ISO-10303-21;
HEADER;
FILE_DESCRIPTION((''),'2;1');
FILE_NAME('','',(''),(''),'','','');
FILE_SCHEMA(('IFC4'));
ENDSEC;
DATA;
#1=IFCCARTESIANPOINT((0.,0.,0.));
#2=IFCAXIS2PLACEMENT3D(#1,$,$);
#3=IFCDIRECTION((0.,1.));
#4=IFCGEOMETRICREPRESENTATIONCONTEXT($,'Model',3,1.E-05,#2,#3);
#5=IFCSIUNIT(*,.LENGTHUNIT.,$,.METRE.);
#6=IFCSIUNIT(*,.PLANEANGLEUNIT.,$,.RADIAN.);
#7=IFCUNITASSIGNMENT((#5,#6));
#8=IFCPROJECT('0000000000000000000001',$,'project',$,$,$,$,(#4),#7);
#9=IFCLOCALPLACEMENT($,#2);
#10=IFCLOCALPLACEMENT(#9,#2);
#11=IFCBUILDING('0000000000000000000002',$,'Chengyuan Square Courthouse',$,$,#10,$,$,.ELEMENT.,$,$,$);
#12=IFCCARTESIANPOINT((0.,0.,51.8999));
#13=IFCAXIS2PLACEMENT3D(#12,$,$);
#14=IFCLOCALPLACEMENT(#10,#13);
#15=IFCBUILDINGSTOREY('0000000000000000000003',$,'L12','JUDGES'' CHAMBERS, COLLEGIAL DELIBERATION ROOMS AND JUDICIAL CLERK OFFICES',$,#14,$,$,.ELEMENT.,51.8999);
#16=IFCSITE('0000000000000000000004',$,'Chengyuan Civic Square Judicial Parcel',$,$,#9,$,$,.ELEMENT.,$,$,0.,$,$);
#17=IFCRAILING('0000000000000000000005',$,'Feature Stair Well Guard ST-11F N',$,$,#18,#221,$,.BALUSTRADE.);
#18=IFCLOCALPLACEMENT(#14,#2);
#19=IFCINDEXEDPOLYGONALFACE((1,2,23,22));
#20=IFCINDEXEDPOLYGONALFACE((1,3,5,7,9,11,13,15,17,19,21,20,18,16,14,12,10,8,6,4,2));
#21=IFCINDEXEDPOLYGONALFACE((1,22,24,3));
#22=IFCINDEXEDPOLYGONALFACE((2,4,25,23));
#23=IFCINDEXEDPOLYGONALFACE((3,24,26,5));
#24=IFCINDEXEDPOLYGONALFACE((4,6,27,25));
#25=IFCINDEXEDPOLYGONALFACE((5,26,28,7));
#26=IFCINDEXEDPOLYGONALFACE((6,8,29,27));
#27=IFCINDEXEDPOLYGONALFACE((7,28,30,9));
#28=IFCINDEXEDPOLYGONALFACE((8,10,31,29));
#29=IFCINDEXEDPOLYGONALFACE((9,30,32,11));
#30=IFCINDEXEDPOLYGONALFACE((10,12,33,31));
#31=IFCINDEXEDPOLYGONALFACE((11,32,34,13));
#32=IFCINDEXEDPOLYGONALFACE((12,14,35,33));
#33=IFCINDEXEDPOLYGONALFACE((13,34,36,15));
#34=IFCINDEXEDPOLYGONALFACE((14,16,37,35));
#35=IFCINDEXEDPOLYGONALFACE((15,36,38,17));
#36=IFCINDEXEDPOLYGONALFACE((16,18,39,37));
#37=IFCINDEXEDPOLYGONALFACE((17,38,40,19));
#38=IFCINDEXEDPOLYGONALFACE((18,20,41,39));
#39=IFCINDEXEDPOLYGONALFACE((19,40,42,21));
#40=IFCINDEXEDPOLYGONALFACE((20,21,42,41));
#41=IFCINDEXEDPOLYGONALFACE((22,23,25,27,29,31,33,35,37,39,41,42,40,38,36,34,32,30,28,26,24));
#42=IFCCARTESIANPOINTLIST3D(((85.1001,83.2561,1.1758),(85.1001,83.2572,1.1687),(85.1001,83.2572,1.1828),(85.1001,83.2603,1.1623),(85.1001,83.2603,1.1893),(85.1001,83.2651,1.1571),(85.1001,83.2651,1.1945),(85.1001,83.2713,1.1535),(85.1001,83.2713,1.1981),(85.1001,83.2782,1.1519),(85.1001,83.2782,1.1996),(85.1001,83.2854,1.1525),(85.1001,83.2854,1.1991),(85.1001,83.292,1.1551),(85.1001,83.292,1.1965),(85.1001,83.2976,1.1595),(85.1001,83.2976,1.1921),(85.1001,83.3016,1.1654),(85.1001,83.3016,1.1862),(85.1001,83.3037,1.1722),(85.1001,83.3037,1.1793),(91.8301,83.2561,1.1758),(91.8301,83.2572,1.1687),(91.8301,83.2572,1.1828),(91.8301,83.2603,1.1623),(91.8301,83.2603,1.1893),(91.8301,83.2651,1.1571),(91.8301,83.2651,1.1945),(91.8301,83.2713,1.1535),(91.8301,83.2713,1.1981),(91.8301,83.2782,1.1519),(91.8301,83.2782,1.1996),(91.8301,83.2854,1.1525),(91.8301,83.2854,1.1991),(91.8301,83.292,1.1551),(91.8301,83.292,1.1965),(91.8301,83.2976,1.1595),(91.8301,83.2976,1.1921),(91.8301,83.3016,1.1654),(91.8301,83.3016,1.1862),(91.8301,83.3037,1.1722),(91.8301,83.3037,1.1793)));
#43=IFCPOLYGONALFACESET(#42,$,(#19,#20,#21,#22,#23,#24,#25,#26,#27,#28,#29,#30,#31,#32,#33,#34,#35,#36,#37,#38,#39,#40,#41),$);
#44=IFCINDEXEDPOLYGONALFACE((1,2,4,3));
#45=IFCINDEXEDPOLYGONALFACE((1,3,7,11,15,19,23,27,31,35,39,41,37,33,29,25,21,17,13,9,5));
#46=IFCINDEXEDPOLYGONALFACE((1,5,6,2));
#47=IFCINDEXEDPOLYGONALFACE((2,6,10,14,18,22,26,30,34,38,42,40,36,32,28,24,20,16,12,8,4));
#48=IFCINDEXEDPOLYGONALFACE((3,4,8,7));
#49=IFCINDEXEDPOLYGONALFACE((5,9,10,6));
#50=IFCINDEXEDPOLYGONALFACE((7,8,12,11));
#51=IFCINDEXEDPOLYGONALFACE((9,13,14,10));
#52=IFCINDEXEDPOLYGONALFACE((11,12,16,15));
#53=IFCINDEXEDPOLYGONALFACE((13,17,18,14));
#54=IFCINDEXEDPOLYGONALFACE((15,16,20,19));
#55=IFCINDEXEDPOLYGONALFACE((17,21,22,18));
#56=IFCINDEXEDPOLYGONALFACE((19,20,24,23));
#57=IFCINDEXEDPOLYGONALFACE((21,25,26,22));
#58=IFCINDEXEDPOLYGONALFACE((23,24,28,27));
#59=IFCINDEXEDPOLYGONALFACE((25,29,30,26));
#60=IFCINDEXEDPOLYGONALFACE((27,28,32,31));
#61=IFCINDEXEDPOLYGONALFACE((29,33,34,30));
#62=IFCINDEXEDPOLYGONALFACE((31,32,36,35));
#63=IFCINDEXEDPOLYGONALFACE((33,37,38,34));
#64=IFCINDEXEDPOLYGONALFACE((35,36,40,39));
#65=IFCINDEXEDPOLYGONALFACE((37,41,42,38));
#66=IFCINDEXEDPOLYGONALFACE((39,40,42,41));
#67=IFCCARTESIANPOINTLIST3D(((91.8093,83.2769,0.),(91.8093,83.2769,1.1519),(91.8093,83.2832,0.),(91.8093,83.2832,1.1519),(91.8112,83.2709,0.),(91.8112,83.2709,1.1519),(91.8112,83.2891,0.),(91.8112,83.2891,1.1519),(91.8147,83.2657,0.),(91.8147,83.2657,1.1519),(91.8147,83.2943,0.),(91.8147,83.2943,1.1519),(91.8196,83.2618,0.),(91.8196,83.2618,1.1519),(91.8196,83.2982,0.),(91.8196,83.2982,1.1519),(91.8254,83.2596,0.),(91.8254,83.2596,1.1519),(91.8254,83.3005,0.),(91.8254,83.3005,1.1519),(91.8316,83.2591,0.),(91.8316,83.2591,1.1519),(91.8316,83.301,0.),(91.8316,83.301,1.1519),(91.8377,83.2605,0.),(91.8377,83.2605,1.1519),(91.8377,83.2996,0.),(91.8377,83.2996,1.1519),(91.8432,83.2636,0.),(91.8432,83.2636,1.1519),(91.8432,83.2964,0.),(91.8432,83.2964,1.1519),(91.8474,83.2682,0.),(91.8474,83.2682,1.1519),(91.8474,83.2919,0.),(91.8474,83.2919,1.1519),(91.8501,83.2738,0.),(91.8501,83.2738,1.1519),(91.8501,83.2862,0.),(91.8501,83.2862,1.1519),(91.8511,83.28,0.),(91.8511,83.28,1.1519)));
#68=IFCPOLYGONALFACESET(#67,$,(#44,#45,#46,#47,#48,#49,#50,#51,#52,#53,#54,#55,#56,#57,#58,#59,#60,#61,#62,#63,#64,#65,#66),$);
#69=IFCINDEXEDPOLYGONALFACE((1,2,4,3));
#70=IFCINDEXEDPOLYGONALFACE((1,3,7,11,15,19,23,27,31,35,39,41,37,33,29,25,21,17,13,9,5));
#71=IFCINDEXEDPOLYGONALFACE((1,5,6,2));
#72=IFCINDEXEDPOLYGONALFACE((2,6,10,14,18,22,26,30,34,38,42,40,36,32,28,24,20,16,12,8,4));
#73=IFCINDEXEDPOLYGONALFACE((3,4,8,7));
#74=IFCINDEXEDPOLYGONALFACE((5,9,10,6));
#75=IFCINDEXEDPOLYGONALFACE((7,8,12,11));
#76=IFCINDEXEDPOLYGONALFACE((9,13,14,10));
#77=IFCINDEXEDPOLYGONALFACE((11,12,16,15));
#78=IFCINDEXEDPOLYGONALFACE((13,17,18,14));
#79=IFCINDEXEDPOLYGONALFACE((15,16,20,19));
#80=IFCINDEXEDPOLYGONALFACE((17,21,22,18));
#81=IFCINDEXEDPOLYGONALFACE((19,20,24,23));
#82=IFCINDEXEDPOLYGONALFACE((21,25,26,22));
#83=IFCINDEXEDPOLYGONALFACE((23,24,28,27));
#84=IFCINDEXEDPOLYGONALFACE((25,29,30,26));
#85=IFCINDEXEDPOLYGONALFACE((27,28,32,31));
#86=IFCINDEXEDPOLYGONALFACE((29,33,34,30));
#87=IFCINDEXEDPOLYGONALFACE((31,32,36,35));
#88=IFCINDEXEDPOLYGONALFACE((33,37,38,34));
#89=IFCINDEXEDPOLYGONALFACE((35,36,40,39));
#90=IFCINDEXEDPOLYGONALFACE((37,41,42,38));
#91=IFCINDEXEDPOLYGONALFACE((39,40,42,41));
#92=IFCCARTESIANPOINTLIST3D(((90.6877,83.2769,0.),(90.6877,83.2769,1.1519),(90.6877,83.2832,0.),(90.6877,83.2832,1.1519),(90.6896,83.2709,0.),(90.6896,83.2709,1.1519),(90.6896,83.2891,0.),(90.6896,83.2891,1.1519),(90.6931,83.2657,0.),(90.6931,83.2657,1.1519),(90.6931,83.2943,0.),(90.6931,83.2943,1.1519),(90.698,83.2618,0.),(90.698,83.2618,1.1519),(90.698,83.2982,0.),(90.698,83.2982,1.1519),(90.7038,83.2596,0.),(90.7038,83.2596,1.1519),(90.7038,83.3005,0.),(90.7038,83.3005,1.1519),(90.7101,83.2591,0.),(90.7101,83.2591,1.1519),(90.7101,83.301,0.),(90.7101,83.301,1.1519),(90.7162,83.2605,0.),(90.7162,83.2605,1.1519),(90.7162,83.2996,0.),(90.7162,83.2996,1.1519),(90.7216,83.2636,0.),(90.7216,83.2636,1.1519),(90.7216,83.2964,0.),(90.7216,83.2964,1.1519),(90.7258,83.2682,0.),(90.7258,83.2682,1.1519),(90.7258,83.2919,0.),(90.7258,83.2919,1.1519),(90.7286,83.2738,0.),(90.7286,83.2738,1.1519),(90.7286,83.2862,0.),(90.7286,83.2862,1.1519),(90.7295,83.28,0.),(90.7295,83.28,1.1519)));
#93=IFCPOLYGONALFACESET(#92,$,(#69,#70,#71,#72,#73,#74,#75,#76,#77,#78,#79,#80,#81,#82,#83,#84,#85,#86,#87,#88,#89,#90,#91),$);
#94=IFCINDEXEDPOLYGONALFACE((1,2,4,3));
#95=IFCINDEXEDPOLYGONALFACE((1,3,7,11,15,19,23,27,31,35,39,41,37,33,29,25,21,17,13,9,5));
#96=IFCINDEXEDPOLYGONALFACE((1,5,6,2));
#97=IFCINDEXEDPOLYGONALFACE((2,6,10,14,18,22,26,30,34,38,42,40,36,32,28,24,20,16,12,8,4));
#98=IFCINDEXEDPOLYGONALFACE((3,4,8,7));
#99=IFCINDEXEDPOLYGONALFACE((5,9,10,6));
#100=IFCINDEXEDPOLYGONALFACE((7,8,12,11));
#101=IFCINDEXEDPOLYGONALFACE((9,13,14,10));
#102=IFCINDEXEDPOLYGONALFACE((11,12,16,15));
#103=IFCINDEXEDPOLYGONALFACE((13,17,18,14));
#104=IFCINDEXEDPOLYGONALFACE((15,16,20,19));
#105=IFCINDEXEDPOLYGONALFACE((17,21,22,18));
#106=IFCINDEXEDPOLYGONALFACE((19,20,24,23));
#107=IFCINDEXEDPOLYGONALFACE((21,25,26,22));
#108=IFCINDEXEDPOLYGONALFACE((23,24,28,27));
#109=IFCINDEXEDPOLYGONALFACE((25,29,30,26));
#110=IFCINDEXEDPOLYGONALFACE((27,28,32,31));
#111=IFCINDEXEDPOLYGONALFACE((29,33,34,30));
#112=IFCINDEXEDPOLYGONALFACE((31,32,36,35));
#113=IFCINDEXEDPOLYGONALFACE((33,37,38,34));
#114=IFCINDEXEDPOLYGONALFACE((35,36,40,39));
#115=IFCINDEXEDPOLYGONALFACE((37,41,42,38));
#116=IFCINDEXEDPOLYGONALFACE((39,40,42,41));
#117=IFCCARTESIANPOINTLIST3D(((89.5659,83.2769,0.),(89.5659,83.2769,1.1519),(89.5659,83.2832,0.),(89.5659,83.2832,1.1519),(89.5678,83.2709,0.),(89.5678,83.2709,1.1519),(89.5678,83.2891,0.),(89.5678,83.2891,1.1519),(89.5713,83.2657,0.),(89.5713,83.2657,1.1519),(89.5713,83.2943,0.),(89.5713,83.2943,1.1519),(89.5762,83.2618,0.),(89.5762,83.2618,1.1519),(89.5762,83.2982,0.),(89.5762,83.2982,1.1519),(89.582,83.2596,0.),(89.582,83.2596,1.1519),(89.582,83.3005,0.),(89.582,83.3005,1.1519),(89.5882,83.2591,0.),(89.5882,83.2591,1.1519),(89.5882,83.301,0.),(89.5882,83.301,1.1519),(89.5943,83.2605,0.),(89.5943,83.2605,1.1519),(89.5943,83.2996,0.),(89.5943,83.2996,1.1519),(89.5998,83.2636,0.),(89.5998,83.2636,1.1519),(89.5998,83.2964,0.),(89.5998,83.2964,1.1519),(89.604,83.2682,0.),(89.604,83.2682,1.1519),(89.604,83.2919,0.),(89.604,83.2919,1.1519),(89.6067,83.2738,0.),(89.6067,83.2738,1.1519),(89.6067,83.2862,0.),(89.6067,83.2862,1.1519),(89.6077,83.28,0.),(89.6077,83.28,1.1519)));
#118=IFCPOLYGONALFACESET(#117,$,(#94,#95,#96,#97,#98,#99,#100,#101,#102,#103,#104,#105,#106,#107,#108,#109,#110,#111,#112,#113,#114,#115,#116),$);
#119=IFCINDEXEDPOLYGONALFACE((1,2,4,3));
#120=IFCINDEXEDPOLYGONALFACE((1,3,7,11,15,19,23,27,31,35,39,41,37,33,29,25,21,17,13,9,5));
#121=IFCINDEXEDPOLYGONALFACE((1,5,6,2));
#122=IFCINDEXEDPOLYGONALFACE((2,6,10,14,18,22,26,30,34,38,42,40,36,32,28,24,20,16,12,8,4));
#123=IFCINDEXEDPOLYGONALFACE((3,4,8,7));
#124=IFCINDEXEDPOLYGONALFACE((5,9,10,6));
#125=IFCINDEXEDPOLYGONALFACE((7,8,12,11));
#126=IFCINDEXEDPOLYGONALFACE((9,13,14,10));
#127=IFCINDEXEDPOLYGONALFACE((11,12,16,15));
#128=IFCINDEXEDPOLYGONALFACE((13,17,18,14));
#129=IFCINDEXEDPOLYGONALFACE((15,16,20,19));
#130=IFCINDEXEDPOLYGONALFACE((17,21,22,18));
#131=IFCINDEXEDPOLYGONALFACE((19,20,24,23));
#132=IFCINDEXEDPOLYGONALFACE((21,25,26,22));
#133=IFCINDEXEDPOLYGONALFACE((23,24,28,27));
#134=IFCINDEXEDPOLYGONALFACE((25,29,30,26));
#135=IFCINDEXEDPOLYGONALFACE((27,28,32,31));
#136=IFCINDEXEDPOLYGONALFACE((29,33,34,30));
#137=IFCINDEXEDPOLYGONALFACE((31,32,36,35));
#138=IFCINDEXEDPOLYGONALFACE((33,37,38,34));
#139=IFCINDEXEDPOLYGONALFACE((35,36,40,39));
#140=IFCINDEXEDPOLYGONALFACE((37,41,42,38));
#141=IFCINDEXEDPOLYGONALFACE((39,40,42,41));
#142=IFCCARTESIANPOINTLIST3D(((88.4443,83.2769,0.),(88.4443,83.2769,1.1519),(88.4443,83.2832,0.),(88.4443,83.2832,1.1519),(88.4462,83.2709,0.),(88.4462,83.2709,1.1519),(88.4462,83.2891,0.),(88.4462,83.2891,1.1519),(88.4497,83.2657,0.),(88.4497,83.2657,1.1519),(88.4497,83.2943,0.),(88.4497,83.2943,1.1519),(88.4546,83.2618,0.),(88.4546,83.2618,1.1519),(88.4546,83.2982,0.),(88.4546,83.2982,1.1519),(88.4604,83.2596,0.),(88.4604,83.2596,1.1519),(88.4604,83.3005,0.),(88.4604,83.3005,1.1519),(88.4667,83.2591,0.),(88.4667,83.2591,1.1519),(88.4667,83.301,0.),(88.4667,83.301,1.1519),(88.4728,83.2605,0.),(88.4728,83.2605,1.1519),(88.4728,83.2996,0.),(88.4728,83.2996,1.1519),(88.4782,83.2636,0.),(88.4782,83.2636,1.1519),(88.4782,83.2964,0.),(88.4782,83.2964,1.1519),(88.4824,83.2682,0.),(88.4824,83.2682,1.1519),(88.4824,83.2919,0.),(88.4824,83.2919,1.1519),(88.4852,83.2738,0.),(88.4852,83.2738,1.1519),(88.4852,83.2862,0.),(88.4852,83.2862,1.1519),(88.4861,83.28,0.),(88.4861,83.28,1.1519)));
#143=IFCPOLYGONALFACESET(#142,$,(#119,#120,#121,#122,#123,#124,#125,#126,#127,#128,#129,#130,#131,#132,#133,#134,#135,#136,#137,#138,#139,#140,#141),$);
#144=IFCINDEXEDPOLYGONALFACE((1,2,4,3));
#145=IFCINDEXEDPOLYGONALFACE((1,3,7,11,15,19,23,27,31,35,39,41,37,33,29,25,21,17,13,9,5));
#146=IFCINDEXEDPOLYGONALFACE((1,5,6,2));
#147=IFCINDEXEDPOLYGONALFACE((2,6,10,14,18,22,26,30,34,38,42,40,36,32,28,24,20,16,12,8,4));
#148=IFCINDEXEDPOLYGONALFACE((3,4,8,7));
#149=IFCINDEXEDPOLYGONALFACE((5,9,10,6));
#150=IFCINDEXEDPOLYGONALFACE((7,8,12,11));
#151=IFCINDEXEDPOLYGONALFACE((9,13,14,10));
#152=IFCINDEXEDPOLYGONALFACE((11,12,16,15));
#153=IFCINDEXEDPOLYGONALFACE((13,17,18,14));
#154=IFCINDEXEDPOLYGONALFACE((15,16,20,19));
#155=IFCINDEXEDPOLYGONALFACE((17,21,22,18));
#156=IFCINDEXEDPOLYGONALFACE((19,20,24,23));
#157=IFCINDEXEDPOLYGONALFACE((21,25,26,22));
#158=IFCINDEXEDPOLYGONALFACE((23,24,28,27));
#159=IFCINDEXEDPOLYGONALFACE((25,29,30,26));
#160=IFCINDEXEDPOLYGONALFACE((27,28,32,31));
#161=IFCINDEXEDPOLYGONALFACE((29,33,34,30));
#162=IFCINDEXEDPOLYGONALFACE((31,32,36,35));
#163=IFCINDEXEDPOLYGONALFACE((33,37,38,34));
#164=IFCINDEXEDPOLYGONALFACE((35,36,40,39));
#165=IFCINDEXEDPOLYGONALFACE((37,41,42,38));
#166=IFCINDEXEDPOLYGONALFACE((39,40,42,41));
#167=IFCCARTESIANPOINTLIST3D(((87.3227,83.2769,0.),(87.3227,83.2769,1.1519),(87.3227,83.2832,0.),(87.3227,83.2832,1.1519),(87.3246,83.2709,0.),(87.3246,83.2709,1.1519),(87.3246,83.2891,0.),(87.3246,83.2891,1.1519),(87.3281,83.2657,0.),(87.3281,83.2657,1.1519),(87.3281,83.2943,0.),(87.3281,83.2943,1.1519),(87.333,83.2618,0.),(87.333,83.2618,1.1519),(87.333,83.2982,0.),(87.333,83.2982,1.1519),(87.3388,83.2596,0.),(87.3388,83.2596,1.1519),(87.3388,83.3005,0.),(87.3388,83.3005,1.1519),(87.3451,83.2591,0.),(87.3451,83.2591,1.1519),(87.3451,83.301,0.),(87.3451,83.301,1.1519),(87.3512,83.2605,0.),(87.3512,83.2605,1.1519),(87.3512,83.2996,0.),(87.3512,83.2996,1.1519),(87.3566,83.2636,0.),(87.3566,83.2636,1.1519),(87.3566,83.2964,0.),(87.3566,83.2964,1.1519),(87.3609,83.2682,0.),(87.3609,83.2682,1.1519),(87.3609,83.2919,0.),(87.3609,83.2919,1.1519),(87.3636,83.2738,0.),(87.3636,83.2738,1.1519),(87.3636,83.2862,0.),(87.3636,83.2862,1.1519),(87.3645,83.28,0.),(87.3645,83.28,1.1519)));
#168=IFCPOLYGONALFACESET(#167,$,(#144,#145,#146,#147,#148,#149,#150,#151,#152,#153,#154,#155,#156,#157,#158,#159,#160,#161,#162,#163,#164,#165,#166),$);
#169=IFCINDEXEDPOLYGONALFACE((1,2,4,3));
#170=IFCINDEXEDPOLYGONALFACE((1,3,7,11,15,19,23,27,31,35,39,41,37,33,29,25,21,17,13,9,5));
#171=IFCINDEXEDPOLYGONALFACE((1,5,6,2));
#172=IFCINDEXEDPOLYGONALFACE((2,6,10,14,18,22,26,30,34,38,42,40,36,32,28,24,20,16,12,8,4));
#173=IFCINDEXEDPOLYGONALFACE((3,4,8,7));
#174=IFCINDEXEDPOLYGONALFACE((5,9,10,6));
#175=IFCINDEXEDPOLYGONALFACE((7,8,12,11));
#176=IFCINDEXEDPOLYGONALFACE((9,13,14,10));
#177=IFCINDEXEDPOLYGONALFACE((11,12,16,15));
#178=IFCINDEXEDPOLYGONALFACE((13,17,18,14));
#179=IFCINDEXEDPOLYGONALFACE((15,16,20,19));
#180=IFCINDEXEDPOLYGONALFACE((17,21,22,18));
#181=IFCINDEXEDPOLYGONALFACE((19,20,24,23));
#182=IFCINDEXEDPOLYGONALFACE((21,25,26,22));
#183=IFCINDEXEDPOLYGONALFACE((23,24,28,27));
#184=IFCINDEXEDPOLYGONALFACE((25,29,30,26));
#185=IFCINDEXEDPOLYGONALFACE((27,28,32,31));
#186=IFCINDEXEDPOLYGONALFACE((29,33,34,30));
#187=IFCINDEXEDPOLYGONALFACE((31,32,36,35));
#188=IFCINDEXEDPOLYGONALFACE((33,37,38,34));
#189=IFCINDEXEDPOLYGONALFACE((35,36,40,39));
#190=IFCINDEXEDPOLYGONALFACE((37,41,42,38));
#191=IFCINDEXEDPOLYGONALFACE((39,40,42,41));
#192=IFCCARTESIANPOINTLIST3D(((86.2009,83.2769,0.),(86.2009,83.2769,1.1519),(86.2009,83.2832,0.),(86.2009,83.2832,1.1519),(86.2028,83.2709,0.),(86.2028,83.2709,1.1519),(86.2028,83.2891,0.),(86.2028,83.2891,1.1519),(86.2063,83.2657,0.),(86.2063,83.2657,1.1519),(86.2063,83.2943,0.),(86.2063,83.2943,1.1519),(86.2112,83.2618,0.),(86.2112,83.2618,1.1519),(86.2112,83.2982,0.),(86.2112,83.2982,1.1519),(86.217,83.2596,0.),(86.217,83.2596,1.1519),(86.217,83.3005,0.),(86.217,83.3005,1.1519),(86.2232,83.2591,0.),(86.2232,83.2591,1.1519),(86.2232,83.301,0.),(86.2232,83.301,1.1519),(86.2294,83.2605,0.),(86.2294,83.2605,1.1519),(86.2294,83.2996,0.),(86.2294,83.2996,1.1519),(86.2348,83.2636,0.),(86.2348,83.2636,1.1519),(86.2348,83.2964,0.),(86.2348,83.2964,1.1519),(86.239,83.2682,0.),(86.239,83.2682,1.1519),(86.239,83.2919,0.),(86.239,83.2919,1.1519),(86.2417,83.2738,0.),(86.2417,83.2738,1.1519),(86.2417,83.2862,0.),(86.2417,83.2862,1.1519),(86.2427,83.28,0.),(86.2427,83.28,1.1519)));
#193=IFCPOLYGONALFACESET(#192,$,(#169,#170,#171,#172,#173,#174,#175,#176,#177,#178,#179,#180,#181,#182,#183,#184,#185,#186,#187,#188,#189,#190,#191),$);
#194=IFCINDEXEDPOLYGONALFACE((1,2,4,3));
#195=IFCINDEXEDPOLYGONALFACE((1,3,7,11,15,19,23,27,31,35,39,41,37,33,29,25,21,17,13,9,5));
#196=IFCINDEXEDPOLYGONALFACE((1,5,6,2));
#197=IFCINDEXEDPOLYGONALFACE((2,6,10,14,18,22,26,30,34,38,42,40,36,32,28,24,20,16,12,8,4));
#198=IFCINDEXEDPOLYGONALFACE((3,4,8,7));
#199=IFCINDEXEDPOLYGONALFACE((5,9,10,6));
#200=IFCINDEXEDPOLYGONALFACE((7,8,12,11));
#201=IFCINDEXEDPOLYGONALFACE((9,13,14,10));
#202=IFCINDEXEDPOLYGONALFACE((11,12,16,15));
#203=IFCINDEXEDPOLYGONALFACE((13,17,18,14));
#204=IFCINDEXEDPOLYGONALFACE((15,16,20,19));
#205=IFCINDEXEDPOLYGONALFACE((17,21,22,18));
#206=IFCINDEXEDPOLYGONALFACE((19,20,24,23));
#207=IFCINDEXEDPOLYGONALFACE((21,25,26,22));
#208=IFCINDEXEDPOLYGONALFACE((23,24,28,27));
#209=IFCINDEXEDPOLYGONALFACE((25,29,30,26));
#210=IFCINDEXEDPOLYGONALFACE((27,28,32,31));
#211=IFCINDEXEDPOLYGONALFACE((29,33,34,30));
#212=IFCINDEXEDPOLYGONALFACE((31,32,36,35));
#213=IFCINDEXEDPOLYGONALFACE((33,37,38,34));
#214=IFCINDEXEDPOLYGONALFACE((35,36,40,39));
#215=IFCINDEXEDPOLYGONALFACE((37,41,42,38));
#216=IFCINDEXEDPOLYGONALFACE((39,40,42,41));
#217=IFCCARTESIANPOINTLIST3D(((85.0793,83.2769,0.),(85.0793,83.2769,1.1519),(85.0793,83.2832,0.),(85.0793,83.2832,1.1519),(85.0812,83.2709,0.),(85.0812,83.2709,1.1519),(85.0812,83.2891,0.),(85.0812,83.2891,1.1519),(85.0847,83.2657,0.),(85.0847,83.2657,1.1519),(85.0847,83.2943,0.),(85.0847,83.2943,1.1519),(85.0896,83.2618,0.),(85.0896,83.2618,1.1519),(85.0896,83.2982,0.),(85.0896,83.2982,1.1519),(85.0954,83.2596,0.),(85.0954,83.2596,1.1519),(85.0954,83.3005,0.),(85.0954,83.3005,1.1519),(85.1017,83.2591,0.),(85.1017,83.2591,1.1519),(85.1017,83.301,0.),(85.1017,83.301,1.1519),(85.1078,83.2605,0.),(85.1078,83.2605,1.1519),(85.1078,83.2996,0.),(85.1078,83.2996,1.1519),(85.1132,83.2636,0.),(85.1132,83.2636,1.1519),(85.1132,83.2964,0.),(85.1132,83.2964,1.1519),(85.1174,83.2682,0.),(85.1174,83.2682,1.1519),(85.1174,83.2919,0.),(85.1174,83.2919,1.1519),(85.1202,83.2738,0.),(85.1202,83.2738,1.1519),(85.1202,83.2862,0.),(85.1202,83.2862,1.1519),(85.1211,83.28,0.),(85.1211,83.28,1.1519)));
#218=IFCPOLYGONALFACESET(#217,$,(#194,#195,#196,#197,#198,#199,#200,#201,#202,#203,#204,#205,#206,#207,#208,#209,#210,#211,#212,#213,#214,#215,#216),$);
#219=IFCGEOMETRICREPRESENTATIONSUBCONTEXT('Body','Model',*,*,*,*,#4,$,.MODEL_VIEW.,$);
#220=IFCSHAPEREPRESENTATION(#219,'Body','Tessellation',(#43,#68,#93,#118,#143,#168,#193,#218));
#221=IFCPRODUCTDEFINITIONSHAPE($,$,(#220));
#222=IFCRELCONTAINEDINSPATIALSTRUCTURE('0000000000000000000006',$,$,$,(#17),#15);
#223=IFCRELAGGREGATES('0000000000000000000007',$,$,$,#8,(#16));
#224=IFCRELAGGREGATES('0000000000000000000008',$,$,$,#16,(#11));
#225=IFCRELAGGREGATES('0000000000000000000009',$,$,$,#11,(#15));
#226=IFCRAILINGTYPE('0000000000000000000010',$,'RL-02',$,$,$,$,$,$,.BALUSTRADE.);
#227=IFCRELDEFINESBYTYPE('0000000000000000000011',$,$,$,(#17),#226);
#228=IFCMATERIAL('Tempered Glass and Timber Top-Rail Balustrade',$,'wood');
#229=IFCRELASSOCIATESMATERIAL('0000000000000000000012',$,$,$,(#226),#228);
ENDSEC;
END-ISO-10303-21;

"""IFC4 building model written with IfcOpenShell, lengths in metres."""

from ifc_helpers import new_model, si_unit, direction, frame, origin, origin_2d, place, context, subcontext, project, spatial, circle, extrude, material, type_object, element, save


model = new_model("IFC4")

# Units and contexts
model_context = context("Model", 3, precision=1e-05, world=origin(), true_north=direction((0.0, 1.0)))
body_context = subcontext(model_context, "Body", "Model", "MODEL_VIEW")
ifc_project = project(units=[si_unit("LENGTHUNIT", "METRE"), si_unit("PLANEANGLEUNIT", "RADIAN")], contexts=[model_context])

# Site, building, storey
site_placement = place(None, origin())
site = spatial("IfcSite", under=ifc_project, at=site_placement, Name="Chengyuan Civic Square Judicial Parcel", CompositionType="ELEMENT", RefElevation=0.0)
building_placement = place(site_placement, origin())
building = spatial("IfcBuilding", under=site, at=building_placement, Name="Chengyuan Square Courthouse", CompositionType="ELEMENT")
storey_placement = place(building_placement, frame((0.0, 0.0, 51.8999)))
storey = spatial("IfcBuildingStorey", under=building, at=storey_placement, Name="L12", Description="JUDGES' CHAMBERS, COLLEGIAL DELIBERATION ROOMS AND JUDICIAL CLERK OFFICES", CompositionType="ELEMENT", Elevation=51.8999)

# Railing
ifc_material_1 = material(Name="Tempered Glass and Timber Top-Rail Balustrade", Category="wood")
railing_type = type_object("IfcRailingType", Name="RL-02", PredefinedType="BALUSTRADE", material=ifc_material_1)
railing_1_placement = place(storey_placement, frame((91.8301, 83.28, 0.0)))
element("IfcRailing", 1, at=railing_1_placement, inside=storey, type_object=railing_type, Name="Feature Stair Well Guard ST-11F N", PredefinedType="BALUSTRADE", context=body_context, shape_type="SweptSolid", body=[
    extrude(circle(Radius=0.0239, at=origin_2d()), frame((0.0, 0.0, 1.1758), z_axis=(-1.0, 0.0, 0.0), x_axis=(0.0, -1.0, 0.0)), (0.0, 0.0, 1.0), 6.73),
    extrude(circle(Radius=0.021, at=origin_2d()), origin(), (0.0, 0.0, 1.0), 1.1519),
    extrude(circle(Radius=0.021, at=origin_2d()), frame((-1.1216, 0.0, 0.0)), (0.0, 0.0, 1.0), 1.1519),
    extrude(circle(Radius=0.021, at=origin_2d()), frame((-2.2434, 0.0, 0.0)), (0.0, 0.0, 1.0), 1.1519),
    extrude(circle(Radius=0.021, at=origin_2d()), frame((-3.365, 0.0, 0.0)), (0.0, 0.0, 1.0), 1.1519),
    extrude(circle(Radius=0.021, at=origin_2d()), frame((-4.4866, 0.0, 0.0)), (0.0, 0.0, 1.0), 1.1519),
    extrude(circle(Radius=0.021, at=origin_2d()), frame((-5.6084, 0.0, 0.0)), (0.0, 0.0, 1.0), 1.1519),
    extrude(circle(Radius=0.021, at=origin_2d()), frame((-6.73, 0.0, 0.0)), (0.0, 0.0, 1.0), 1.1519),
])

save(model, "model.ifc")
